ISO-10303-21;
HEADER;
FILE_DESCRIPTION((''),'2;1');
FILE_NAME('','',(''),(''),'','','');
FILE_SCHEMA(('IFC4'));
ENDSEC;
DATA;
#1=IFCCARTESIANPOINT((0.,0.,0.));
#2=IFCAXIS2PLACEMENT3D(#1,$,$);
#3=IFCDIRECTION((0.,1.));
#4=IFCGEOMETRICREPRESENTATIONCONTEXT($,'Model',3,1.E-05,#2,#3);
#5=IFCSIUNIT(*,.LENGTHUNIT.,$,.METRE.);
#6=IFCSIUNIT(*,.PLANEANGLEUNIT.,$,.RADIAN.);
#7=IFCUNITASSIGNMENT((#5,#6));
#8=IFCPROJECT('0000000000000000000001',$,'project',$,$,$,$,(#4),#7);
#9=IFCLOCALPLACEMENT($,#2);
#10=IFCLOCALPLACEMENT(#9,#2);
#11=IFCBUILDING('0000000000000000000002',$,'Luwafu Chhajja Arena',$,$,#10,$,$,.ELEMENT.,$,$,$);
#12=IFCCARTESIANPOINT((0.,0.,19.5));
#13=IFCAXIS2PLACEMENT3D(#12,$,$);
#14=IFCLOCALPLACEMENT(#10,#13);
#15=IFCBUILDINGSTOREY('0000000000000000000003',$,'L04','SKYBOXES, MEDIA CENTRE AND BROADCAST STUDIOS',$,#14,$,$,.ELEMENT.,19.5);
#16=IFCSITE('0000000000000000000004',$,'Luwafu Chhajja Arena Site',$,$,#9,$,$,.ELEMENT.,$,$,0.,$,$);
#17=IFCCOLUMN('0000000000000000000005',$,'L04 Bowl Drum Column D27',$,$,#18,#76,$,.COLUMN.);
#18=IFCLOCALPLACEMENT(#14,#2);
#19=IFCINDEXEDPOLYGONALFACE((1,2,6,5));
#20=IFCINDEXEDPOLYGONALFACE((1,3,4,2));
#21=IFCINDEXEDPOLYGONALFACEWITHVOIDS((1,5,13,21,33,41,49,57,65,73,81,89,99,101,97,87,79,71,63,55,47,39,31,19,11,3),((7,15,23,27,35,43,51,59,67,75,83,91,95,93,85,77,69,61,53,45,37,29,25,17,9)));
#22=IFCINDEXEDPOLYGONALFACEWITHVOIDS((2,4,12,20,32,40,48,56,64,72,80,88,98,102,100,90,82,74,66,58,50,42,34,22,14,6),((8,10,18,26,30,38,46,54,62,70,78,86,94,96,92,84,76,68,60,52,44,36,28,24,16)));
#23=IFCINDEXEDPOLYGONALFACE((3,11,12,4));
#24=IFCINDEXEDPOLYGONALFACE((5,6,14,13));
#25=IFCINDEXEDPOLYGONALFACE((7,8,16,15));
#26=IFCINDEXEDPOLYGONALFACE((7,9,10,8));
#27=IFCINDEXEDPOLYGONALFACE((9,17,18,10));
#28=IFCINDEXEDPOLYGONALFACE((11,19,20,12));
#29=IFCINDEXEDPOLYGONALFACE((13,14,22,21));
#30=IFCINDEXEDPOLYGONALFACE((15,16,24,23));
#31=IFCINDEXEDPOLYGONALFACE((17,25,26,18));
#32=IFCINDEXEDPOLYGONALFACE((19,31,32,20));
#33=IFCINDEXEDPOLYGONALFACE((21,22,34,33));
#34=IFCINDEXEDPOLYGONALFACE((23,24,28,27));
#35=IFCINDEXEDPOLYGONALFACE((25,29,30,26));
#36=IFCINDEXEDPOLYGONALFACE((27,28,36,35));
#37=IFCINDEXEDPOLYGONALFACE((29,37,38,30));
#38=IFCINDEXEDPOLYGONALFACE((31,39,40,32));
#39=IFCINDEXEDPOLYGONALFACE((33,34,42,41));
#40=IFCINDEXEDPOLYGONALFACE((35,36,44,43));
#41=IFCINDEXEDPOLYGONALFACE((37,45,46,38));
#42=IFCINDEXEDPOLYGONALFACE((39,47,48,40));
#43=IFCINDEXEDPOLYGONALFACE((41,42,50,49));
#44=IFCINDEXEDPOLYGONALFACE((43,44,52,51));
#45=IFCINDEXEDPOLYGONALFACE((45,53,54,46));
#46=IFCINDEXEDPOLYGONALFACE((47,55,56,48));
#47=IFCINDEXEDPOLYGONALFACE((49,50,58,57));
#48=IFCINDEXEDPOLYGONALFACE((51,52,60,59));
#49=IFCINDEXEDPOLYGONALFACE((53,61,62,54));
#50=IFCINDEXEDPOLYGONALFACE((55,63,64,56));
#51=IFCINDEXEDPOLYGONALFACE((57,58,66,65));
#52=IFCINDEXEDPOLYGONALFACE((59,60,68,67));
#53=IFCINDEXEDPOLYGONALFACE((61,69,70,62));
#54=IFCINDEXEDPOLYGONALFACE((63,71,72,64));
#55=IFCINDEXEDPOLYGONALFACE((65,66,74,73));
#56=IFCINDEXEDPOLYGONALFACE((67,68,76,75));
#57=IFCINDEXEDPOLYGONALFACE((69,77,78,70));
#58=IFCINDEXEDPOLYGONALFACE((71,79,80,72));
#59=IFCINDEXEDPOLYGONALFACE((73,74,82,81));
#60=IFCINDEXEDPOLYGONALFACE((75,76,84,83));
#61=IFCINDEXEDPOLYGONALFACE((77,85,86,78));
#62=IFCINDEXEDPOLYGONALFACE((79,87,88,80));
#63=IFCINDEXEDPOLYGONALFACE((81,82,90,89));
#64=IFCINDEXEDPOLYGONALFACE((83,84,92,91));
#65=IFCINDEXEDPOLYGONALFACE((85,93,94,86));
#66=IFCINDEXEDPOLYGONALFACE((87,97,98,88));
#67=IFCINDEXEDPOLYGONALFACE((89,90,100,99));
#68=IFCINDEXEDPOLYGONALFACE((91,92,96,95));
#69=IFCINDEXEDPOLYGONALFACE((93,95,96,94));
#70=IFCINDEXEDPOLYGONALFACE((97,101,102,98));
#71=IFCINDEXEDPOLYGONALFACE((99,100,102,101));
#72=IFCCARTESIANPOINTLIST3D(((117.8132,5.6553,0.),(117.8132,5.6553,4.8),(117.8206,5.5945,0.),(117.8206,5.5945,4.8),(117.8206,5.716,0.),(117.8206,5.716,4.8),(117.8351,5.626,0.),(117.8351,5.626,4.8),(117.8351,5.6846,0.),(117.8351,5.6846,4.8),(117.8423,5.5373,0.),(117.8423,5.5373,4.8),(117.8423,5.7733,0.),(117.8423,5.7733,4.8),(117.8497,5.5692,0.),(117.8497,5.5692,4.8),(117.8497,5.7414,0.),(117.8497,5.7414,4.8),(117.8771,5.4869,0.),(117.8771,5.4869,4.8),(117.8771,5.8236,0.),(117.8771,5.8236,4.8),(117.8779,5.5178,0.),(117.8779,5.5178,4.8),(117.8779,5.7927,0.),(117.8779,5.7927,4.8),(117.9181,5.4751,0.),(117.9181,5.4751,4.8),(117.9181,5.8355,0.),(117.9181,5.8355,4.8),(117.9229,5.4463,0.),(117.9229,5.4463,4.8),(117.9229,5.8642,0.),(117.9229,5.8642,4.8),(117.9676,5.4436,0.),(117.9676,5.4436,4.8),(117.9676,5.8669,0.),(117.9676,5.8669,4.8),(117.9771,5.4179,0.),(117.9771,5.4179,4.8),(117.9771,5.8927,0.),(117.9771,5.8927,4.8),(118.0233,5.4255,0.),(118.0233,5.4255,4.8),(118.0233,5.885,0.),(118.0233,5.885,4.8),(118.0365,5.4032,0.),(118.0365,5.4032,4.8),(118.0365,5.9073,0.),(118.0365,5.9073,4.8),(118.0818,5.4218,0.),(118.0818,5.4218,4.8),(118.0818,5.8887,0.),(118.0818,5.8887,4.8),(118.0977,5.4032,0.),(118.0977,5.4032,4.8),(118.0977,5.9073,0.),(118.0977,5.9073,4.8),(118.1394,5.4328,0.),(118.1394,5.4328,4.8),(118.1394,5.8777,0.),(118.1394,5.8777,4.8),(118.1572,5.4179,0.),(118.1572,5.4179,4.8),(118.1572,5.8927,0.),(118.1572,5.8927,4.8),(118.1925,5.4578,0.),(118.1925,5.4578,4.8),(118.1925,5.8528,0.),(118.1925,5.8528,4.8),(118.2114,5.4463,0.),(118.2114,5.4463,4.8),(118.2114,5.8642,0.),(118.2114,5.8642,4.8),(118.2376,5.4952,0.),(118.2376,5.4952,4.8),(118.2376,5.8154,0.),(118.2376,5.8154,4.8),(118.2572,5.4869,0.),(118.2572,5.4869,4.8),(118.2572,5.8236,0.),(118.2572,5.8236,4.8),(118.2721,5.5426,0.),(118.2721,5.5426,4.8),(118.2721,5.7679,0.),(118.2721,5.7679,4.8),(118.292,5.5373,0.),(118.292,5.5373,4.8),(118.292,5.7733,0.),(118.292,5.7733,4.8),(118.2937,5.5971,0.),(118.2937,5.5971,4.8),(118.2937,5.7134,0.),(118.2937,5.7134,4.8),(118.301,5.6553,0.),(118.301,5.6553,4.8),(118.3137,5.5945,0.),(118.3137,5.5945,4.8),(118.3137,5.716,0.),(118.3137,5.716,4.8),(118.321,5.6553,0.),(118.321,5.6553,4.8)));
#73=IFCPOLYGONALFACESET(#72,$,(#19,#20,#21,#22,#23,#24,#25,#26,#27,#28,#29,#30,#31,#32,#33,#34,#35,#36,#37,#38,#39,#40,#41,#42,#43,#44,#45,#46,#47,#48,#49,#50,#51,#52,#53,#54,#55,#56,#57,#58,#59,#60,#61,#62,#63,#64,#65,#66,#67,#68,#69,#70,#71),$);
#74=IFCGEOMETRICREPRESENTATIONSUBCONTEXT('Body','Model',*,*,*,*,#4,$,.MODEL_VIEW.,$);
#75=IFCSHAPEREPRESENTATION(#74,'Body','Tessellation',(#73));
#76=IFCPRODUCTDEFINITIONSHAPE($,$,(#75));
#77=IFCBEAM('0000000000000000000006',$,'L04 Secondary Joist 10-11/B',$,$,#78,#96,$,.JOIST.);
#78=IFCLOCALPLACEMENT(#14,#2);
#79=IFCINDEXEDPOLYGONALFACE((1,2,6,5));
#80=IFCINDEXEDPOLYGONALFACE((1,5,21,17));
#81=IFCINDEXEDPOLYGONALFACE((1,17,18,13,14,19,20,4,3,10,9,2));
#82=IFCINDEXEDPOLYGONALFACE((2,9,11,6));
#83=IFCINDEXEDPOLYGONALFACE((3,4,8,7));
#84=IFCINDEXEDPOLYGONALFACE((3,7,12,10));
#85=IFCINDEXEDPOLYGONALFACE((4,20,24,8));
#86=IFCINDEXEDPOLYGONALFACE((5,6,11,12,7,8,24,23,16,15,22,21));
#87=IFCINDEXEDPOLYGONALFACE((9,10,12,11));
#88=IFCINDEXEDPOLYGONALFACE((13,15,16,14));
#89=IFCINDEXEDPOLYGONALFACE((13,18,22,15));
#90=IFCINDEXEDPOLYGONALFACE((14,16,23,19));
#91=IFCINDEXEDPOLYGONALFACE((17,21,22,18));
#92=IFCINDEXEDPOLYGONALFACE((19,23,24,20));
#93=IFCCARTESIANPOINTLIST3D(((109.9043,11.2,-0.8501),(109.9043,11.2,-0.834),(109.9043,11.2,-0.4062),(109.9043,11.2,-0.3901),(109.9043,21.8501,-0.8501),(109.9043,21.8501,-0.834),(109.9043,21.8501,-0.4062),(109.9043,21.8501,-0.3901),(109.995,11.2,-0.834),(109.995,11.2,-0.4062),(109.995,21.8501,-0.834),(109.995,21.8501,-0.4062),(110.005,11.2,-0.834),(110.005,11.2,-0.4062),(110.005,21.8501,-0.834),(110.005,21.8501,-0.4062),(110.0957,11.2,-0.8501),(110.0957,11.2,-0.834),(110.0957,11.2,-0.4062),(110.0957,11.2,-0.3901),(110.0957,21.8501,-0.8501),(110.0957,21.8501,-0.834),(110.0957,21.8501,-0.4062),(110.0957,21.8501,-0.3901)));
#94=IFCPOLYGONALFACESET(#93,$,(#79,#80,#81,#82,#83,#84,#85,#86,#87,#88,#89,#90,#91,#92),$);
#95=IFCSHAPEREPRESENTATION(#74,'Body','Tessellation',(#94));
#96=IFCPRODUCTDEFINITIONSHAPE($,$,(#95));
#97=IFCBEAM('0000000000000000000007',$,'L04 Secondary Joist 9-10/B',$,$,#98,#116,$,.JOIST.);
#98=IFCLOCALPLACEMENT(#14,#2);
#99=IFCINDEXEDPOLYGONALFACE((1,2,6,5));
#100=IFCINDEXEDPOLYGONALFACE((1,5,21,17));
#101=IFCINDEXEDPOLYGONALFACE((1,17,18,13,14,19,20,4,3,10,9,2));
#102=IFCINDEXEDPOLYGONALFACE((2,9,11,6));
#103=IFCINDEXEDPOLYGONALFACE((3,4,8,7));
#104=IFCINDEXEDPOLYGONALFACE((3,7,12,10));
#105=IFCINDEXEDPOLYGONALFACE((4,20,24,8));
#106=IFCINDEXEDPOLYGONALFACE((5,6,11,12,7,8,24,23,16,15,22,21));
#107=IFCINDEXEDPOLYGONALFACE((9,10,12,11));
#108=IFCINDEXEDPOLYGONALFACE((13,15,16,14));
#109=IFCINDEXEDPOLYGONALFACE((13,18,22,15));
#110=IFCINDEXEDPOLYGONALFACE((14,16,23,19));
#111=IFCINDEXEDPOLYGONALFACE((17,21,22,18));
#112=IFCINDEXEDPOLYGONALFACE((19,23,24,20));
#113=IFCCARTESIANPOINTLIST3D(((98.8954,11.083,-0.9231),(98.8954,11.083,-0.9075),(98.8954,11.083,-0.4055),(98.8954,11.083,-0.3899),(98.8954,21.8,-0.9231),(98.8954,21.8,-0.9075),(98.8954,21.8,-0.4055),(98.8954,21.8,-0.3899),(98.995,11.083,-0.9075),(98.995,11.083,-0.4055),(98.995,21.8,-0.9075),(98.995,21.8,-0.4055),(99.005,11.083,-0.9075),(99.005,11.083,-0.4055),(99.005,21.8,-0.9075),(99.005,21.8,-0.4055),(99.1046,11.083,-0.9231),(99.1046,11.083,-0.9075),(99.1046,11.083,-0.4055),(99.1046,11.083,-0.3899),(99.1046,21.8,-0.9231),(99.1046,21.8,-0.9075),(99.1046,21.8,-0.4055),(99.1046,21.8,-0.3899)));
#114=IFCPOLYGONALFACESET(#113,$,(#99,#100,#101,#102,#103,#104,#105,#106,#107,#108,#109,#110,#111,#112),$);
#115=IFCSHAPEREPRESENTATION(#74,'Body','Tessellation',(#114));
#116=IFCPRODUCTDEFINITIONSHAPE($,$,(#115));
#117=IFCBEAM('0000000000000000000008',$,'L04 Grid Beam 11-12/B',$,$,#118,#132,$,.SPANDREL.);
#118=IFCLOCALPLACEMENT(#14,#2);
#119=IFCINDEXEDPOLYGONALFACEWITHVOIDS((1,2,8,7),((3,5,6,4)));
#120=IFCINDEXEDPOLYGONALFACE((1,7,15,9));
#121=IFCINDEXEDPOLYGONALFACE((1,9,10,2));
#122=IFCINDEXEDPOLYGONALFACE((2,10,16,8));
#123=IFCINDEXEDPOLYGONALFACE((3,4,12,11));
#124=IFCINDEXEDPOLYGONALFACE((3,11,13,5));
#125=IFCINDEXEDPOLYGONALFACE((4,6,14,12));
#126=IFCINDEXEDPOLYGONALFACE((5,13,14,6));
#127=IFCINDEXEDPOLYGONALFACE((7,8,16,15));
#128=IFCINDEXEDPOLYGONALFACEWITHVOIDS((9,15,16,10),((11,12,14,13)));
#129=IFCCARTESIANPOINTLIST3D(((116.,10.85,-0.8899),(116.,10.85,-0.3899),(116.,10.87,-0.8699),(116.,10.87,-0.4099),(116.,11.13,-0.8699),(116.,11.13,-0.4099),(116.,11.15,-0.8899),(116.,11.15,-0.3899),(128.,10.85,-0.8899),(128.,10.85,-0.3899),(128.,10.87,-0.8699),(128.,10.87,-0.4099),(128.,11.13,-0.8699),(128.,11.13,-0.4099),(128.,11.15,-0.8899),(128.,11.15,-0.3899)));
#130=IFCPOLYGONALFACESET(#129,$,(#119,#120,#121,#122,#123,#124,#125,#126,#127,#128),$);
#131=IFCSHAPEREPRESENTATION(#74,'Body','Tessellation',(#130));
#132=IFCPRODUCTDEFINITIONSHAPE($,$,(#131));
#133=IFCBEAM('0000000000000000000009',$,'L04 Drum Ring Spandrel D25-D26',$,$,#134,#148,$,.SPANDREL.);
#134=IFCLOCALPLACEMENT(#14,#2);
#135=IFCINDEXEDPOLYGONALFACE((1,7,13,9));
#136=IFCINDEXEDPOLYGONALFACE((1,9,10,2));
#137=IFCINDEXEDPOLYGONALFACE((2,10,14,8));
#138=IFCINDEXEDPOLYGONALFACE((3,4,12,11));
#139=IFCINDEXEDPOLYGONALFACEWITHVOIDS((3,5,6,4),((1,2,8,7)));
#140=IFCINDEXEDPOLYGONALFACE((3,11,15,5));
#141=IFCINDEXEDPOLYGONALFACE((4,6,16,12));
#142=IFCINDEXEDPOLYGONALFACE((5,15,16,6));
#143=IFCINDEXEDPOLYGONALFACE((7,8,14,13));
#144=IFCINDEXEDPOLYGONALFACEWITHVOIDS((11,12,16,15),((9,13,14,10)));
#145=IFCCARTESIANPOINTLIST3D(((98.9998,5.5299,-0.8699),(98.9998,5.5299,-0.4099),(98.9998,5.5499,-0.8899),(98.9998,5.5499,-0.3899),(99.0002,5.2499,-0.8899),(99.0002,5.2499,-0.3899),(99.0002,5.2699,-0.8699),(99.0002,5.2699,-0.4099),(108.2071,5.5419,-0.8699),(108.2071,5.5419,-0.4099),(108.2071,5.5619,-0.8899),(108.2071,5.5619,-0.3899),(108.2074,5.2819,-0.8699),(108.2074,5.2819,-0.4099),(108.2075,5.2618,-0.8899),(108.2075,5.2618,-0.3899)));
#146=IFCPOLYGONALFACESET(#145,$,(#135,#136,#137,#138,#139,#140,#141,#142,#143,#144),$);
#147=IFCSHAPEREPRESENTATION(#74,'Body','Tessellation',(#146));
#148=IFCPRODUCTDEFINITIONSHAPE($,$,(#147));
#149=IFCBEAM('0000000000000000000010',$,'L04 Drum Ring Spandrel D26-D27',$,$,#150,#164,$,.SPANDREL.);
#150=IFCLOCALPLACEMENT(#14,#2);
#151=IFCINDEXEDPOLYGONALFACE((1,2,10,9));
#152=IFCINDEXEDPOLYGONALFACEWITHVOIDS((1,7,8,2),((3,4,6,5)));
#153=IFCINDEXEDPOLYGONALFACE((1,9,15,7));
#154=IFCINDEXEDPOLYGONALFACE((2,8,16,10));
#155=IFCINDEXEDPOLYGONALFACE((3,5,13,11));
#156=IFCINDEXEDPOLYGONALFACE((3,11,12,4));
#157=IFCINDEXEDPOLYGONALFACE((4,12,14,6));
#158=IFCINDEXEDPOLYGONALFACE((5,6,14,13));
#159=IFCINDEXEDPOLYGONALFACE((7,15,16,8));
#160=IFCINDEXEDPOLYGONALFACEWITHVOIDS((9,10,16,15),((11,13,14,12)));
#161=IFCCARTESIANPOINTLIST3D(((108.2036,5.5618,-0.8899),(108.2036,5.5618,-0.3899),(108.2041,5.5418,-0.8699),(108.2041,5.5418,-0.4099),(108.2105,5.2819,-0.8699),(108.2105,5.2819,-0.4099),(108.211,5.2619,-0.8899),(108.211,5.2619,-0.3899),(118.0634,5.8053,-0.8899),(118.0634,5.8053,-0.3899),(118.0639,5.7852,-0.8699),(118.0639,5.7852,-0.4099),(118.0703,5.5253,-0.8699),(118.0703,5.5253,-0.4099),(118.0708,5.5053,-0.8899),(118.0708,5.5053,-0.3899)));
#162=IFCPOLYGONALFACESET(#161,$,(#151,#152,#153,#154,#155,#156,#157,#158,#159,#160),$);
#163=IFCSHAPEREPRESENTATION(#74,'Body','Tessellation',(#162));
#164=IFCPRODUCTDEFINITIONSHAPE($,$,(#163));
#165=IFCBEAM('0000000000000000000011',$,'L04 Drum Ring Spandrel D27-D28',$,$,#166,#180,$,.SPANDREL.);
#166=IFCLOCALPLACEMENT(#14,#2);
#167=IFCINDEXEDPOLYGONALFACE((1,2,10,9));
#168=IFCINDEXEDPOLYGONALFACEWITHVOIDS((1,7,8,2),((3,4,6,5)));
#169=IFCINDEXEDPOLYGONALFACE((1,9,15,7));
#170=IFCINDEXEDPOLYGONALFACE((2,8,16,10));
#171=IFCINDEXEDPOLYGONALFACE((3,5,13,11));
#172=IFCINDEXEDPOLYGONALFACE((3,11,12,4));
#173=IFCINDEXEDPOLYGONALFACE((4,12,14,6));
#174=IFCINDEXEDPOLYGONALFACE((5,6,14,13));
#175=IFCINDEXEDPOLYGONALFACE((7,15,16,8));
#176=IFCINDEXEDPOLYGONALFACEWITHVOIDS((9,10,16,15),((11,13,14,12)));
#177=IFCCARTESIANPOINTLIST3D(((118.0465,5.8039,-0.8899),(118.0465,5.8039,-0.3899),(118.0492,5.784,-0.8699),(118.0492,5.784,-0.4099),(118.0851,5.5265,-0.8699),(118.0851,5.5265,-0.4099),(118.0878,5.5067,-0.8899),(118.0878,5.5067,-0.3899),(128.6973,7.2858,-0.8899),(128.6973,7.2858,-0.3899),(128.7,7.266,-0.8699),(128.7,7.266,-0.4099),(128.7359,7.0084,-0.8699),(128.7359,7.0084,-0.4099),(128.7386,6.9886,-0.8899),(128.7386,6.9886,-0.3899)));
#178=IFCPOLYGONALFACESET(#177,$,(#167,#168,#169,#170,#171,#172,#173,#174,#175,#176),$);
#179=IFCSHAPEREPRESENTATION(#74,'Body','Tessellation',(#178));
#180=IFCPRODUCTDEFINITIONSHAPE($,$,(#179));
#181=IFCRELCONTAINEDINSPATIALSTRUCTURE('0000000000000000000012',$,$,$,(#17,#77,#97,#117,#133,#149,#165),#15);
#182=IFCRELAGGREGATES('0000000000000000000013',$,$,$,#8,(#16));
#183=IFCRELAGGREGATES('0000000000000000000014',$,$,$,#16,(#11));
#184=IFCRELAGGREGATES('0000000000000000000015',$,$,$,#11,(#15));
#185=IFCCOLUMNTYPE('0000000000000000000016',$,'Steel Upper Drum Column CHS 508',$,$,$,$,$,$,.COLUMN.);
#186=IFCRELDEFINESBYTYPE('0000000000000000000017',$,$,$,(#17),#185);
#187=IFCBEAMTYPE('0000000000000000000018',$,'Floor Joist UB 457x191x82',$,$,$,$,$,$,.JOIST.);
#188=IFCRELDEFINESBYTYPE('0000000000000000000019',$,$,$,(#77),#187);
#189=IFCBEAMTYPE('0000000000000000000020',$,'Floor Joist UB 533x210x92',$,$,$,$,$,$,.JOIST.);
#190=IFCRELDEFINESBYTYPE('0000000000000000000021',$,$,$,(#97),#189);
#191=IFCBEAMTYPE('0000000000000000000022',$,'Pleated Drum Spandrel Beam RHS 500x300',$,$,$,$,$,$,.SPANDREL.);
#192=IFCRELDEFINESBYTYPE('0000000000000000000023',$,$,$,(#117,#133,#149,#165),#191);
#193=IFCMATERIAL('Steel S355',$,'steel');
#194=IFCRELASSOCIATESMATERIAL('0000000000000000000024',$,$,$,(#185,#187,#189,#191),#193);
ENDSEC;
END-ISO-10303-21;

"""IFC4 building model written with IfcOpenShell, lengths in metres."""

from ifc_helpers import new_model, si_unit, direction, frame, origin, origin_2d, place, context, subcontext, project, spatial, hollow_rectangle, hollow_circle, i_section, extrude, material, material_profile, profile_set, type_object, element, save


model = new_model("IFC4")

# Units and contexts
model_context = context("Model", 3, precision=1e-05, world=origin(), true_north=direction((0.0, 1.0)))
body_context = subcontext(model_context, "Body", "Model", "MODEL_VIEW")
ifc_project = project(units=[si_unit("LENGTHUNIT", "METRE"), si_unit("PLANEANGLEUNIT", "RADIAN")], contexts=[model_context])

# Site, building, storey
site_placement = place(None, origin())
site = spatial("IfcSite", under=ifc_project, at=site_placement, Name="Luwafu Chhajja Arena Site", CompositionType="ELEMENT", RefElevation=0.0)
building_placement = place(site_placement, origin())
building = spatial("IfcBuilding", under=site, at=building_placement, Name="Luwafu Chhajja Arena", CompositionType="ELEMENT")
storey_placement = place(building_placement, frame((0.0, 0.0, 19.5)))
storey = spatial("IfcBuildingStorey", under=building, at=storey_placement, Name="L04", Description="SKYBOXES, MEDIA CENTRE AND BROADCAST STUDIOS", CompositionType="ELEMENT", Elevation=19.5)

# Column
ifc_material_1 = material(Name="Steel S355", Category="steel")
ifc_material_profile_1 = material_profile(ifc_material_1, hollow_circle(Radius=0.2539, WallThickness=0.02, at=origin_2d()), Name="CHS 508x20")
ifc_profile_set_1 = profile_set([ifc_material_profile_1], Name="Steel S355")
column_type_1 = type_object("IfcColumnType", Name="Steel Upper Drum Column CHS 508", PredefinedType="COLUMN", material=ifc_profile_set_1)
for number, where, z_axis, x_axis, name in (
    (1, (118.0671, 5.6553, 0.0), (0.0, 0.0, 1.0), (1.0, 0.0, 0.0), "L04 Bowl Drum Column D27"),
):
    element("IfcColumn", number, at=place(storey_placement, frame(where, z_axis=z_axis, x_axis=x_axis)), inside=storey, type_object=column_type_1, Name=name, PredefinedType="COLUMN", context=body_context, shape_type="SweptSolid", body=[
        extrude(hollow_circle(Radius=0.2539, WallThickness=0.02, at=origin_2d()), origin(), (0.0, 0.0, 1.0), 4.8),
    ])

# Beams
ifc_material_profile_2 = material_profile(ifc_material_1, i_section(OverallWidth=0.1914, OverallDepth=0.46, WebThickness=0.01, FlangeThickness=0.0161, at=origin_2d()), Name="UB 457x191x82")
ifc_profile_set_2 = profile_set([ifc_material_profile_2], Name="Steel S355")
beam_type_1 = type_object("IfcBeamType", Name="Floor Joist UB 457x191x82", PredefinedType="JOIST", material=ifc_profile_set_2)
beam_1_placement = place(storey_placement, frame((110.0, 11.2, -0.6201), z_axis=(0.0, 1.0, 0.0), x_axis=(-1.0, 0.0, 0.0)))
element("IfcBeam", 2, at=beam_1_placement, inside=storey, type_object=beam_type_1, Name="L04 Secondary Joist 10-11/B", PredefinedType="JOIST", context=body_context, shape_type="SweptSolid", body=[
    extrude(i_section(OverallWidth=0.1914, OverallDepth=0.46, WebThickness=0.01, FlangeThickness=0.0161, at=origin_2d()), origin(), (0.0, 0.0, 1.0), 10.6501),
])
ifc_material_profile_3 = material_profile(ifc_material_1, i_section(OverallWidth=0.2092, OverallDepth=0.5332, WebThickness=0.01, FlangeThickness=0.0156, at=origin_2d()), Name="UB 533x210x92")
ifc_profile_set_3 = profile_set([ifc_material_profile_3], Name="Steel S355")
beam_type_2 = type_object("IfcBeamType", Name="Floor Joist UB 533x210x92", PredefinedType="JOIST", material=ifc_profile_set_3)
beam_2_placement = place(storey_placement, frame((99.0, 11.083, -0.6565), z_axis=(0.0, 1.0, 0.0), x_axis=(-1.0, 0.0, 0.0)))
element("IfcBeam", 3, at=beam_2_placement, inside=storey, type_object=beam_type_2, Name="L04 Secondary Joist 9-10/B", PredefinedType="JOIST", context=body_context, shape_type="SweptSolid", body=[
    extrude(i_section(OverallWidth=0.2092, OverallDepth=0.5332, WebThickness=0.01, FlangeThickness=0.0156, at=origin_2d()), origin(), (0.0, 0.0, 1.0), 10.717),
])
ifc_material_profile_4 = material_profile(ifc_material_1, hollow_rectangle(XDim=0.3, YDim=0.5, WallThickness=0.02, at=origin_2d()), Name="RHS 500x300x20")
ifc_profile_set_4 = profile_set([ifc_material_profile_4], Name="Steel S355")
beam_type_3 = type_object("IfcBeamType", Name="Pleated Drum Spandrel Beam RHS 500x300", PredefinedType="SPANDREL", material=ifc_profile_set_4)
beam_3_placement = place(storey_placement, frame((116.0, 11.0, -0.6399), z_axis=(1.0, 0.0, 0.0), x_axis=(0.0, 1.0, 0.0)))
element("IfcBeam", 4, at=beam_3_placement, inside=storey, type_object=beam_type_3, Name="L04 Grid Beam 11-12/B", PredefinedType="SPANDREL", context=body_context, shape_type="SweptSolid", body=[
    extrude(hollow_rectangle(XDim=0.3, YDim=0.5, WallThickness=0.02, at=origin_2d()), origin(), (0.0, 0.0, 1.0), 12.0),
])
beam_4_placement = place(storey_placement, frame((99.0, 5.3999, -0.6399), z_axis=(0.999999, 0.001299, 0.0), x_axis=(-0.001299, 0.999999, 0.0)))
element("IfcBeam", 5, at=beam_4_placement, inside=storey, type_object=beam_type_3, Name="L04 Drum Ring Spandrel D25-D26", PredefinedType="SPANDREL", context=body_context, shape_type="SweptSolid", body=[
    extrude(hollow_rectangle(XDim=0.3, YDim=0.5, WallThickness=0.02, at=origin_2d()), origin(), (0.0, 0.0, 1.0), 9.2073),
])
beam_5_placement = place(storey_placement, frame((108.2073, 5.4119, -0.6399), z_axis=(0.999695, 0.024679, 0.0), x_axis=(-0.024679, 0.999695, 0.0)))
element("IfcBeam", 6, at=beam_5_placement, inside=storey, type_object=beam_type_3, Name="L04 Drum Ring Spandrel D26-D27", PredefinedType="SPANDREL", context=body_context, shape_type="SweptSolid", body=[
    extrude(hollow_rectangle(XDim=0.3, YDim=0.5, WallThickness=0.02, at=origin_2d()), origin(), (0.0, 0.0, 1.0), 9.8628),
])
beam_6_placement = place(storey_placement, frame((118.0671, 5.6553, -0.6399), z_axis=(0.990459, 0.13781, 0.0), x_axis=(-0.13781, 0.990459, 0.0)))
element("IfcBeam", 7, at=beam_6_placement, inside=storey, type_object=beam_type_3, Name="L04 Drum Ring Spandrel D27-D28", PredefinedType="SPANDREL", context=body_context, shape_type="SweptSolid", body=[
    extrude(hollow_rectangle(XDim=0.3, YDim=0.5, WallThickness=0.02, at=origin_2d()), origin(), (0.0, 0.0, 1.0), 10.7534),
])

save(model, "model.ifc")
